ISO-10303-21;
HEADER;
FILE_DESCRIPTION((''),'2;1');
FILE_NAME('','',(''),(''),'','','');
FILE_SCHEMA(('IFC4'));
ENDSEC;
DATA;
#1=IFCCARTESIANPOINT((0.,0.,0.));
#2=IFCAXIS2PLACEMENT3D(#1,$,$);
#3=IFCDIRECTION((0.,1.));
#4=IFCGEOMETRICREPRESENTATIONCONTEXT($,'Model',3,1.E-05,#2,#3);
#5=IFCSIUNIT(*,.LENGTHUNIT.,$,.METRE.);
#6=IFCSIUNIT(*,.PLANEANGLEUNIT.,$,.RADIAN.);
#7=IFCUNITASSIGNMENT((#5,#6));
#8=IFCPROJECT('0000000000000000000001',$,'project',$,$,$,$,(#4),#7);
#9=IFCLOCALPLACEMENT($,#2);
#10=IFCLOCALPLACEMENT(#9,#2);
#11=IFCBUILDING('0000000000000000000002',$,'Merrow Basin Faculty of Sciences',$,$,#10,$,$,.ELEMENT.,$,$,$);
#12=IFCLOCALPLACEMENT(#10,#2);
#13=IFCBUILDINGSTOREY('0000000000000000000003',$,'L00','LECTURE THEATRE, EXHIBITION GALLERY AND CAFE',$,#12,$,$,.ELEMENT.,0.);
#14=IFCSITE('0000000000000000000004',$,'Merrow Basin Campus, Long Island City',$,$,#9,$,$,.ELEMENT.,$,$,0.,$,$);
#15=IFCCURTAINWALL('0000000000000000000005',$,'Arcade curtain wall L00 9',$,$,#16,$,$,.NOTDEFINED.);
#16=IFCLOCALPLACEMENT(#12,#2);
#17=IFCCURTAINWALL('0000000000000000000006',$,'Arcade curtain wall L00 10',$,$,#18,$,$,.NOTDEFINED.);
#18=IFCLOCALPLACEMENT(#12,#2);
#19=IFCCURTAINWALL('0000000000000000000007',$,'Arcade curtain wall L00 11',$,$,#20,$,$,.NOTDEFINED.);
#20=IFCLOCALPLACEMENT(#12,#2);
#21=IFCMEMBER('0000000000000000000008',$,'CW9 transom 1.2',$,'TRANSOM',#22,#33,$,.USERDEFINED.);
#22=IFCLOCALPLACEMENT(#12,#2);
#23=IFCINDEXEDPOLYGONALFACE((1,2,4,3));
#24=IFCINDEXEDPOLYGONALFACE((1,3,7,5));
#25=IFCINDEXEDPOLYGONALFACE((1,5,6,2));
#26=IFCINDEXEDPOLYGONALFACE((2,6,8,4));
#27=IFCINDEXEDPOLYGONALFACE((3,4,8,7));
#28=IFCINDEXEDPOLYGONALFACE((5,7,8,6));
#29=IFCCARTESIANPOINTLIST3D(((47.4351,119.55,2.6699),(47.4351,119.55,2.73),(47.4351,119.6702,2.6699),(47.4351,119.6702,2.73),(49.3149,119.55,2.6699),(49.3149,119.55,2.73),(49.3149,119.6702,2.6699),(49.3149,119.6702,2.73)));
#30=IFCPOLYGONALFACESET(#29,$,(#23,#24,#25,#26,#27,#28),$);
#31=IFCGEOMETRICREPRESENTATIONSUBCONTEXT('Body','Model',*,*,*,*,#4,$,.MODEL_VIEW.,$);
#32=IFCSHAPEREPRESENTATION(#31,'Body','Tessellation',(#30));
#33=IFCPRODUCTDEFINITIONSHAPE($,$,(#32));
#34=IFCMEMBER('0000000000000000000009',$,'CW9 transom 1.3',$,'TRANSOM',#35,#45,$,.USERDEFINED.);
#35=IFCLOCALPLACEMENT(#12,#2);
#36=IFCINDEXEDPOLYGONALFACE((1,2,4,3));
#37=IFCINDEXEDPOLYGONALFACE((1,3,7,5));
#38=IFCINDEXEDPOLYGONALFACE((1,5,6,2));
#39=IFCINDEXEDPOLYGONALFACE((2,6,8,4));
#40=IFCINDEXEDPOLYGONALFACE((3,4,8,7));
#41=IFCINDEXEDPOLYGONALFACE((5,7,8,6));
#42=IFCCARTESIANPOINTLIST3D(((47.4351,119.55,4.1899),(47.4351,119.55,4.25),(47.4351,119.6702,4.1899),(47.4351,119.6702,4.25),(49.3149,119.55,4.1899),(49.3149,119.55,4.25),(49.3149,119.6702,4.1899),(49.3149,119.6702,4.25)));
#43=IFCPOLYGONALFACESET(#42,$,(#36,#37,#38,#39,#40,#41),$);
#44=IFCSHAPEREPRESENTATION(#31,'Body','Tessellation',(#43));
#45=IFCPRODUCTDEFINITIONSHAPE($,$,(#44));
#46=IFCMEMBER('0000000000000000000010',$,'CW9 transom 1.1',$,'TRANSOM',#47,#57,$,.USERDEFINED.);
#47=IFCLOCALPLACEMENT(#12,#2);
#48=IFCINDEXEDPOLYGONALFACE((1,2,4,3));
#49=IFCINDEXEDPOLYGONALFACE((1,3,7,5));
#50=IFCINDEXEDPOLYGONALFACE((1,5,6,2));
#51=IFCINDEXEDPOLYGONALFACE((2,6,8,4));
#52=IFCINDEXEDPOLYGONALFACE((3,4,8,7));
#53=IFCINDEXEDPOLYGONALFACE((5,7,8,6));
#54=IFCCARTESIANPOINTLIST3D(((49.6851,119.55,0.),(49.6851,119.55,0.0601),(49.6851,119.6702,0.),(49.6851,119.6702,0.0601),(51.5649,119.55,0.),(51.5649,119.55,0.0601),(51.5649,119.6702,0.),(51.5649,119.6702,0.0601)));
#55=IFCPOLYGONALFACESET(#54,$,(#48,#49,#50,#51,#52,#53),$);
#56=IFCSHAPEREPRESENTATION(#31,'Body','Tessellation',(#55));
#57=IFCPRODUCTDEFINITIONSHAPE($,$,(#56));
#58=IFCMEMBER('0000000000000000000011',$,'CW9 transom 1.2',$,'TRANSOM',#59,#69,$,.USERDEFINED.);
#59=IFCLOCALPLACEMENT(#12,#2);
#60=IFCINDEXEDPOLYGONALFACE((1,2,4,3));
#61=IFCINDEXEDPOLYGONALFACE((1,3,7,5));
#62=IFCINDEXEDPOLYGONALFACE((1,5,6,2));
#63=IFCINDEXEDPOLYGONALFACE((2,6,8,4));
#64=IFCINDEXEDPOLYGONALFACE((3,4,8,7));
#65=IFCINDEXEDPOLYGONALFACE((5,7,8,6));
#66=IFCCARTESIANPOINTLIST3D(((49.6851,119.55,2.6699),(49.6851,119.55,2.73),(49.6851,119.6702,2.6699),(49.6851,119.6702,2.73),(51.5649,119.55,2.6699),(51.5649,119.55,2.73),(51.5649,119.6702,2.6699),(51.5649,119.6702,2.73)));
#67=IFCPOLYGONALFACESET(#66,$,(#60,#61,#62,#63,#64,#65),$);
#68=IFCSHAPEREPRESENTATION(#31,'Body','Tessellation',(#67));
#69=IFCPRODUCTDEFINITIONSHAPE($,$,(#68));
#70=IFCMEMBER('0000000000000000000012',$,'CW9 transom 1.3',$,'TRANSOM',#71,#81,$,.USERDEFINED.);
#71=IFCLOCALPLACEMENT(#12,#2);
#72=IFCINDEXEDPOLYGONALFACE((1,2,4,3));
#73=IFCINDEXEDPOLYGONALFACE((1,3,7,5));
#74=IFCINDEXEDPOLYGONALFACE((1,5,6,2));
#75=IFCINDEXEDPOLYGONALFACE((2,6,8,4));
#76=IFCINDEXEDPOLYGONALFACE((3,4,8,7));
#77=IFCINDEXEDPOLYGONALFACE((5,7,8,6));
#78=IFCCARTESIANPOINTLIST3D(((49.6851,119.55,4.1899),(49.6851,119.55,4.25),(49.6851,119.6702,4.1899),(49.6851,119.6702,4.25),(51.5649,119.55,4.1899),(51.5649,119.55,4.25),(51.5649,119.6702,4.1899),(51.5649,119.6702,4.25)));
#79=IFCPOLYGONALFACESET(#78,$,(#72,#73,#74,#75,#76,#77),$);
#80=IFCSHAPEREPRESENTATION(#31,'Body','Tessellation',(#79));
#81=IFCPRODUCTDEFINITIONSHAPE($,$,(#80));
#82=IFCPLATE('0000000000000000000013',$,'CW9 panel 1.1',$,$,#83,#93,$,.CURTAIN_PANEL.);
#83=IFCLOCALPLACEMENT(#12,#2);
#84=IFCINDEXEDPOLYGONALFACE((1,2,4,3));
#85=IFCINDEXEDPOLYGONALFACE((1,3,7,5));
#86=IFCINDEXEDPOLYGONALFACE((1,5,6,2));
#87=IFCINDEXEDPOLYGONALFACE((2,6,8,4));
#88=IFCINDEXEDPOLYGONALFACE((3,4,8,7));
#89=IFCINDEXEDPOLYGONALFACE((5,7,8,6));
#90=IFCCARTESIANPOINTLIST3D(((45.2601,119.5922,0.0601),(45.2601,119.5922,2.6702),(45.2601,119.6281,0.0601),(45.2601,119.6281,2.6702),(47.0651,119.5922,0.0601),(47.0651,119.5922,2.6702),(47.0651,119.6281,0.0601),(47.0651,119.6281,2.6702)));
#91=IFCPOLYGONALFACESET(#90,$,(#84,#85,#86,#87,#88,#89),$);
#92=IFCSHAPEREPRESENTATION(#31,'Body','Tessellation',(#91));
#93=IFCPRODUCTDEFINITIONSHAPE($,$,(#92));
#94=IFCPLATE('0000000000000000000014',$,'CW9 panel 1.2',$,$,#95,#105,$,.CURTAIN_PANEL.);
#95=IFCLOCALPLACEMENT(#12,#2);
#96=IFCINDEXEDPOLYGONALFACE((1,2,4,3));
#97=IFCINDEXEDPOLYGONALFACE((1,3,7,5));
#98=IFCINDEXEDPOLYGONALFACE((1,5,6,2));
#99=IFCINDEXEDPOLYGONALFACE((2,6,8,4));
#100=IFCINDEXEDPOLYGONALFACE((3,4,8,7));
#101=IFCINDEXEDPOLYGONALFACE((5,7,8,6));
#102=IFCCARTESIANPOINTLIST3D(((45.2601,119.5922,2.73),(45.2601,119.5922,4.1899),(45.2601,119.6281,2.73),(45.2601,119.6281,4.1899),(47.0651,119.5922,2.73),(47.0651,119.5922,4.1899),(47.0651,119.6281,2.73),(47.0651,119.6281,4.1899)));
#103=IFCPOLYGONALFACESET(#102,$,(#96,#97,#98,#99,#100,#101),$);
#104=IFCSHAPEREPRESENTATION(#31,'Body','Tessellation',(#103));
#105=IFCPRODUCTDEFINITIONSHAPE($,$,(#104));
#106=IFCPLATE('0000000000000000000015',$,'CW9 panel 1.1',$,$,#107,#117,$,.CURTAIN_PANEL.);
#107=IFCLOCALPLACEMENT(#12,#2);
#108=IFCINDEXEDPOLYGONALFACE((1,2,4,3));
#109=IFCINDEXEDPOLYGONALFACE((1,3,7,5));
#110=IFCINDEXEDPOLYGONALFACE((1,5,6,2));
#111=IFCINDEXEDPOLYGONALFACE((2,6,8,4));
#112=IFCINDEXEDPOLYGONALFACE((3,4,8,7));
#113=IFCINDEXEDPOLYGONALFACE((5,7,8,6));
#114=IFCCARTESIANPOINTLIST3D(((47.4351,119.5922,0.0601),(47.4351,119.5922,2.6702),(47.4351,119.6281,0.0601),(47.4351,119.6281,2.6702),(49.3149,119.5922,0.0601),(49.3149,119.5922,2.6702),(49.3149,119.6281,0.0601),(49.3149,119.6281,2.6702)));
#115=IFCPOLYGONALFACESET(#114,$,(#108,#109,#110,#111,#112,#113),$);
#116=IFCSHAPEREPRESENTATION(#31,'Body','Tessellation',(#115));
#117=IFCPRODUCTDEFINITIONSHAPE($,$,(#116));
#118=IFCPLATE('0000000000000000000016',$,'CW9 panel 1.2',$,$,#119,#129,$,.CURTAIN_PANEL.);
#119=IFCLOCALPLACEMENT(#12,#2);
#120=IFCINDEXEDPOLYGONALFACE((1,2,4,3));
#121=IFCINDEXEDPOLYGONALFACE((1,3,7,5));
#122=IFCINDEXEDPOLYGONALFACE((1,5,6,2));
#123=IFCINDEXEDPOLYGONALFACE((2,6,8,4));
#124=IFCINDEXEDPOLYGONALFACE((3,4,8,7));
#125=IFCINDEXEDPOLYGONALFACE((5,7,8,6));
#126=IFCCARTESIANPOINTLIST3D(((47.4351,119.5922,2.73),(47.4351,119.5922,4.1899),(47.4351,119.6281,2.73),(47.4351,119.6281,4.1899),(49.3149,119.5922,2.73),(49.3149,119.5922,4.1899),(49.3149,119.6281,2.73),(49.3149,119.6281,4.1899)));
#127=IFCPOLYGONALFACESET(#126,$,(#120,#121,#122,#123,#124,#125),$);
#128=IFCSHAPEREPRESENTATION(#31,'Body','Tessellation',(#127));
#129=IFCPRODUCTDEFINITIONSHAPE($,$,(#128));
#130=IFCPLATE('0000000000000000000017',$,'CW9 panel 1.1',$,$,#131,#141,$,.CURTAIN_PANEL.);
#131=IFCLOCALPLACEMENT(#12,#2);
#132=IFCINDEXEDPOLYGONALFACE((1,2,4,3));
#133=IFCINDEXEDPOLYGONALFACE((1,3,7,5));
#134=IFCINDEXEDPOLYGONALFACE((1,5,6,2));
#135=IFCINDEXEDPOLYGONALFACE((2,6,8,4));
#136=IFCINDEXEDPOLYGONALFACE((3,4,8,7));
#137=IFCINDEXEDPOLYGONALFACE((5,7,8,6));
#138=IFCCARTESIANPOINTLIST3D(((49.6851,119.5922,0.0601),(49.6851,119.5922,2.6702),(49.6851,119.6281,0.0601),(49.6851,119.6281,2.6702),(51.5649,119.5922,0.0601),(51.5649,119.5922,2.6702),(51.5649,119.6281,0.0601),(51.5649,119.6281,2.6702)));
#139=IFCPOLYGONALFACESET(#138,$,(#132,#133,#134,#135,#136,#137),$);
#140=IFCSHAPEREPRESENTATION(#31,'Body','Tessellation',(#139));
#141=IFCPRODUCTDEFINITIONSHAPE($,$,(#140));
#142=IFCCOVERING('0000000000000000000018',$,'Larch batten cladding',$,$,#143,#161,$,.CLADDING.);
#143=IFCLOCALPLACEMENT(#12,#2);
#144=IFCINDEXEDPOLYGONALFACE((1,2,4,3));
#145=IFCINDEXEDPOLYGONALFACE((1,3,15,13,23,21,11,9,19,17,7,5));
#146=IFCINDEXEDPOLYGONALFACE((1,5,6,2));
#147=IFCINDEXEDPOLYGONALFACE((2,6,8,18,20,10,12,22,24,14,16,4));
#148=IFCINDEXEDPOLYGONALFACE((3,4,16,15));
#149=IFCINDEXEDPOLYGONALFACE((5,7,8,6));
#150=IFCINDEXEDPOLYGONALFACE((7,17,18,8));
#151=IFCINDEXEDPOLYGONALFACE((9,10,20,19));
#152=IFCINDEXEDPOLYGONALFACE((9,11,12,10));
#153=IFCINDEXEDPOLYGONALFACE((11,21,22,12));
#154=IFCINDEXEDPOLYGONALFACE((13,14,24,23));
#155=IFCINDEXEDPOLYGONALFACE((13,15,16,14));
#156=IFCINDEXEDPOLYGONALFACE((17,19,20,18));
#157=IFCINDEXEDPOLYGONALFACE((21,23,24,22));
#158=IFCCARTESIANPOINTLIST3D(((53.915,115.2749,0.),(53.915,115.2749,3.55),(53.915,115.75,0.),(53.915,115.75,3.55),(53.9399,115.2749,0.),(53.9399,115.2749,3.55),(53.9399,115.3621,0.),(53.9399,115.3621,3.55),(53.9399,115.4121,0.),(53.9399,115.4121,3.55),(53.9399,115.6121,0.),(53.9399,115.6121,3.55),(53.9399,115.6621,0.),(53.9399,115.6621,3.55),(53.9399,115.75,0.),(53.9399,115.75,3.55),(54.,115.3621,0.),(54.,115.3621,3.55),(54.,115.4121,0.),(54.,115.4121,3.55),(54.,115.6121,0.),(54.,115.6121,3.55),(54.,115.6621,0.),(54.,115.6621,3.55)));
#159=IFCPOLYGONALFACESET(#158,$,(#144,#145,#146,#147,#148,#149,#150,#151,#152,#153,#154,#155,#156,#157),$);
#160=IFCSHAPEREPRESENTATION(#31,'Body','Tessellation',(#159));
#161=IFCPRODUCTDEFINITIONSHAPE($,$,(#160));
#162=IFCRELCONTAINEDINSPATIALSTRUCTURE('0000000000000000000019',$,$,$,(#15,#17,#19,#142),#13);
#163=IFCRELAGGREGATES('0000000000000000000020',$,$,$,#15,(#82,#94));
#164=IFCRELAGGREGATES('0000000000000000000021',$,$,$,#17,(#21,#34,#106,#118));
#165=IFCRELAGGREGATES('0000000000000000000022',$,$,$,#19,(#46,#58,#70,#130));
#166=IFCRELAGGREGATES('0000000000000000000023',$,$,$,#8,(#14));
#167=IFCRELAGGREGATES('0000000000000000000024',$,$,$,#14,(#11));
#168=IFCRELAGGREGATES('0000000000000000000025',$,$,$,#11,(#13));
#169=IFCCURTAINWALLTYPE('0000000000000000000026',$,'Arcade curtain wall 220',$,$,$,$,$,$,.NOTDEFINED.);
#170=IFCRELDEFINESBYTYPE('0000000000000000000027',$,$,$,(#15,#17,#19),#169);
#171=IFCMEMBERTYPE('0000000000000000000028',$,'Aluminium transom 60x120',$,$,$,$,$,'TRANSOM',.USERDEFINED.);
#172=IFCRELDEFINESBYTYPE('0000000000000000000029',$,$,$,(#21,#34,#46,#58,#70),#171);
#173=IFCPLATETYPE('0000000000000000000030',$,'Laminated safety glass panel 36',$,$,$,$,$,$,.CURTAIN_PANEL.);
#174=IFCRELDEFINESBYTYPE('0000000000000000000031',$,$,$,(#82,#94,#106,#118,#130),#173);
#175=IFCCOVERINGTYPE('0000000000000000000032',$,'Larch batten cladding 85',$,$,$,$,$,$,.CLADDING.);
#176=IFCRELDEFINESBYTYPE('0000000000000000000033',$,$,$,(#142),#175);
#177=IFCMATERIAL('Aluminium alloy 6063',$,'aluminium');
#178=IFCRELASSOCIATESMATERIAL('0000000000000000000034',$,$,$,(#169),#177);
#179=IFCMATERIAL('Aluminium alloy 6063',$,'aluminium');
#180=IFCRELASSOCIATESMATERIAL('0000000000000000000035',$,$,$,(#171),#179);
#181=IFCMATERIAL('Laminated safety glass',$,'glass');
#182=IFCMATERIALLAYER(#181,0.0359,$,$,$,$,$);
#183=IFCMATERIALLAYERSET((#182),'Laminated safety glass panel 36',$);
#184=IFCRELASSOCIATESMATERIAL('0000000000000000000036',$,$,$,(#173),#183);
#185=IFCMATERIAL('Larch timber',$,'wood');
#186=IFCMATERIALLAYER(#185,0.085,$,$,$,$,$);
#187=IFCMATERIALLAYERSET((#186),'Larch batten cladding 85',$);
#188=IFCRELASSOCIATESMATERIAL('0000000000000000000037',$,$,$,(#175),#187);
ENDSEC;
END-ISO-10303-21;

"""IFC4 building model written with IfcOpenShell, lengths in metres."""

from ifc_helpers import new_model, si_unit, direction, frame, origin, origin_2d, place, context, subcontext, project, spatial, polyline, rectangle, outline, extrude, source, transform, mapped, material, layer, layer_set, material_profile, profile_set, type_object, element, aggregate, save


model = new_model("IFC4")

# Units and contexts
model_context = context("Model", 3, precision=1e-05, world=origin(), true_north=direction((0.0, 1.0)))
body_context = subcontext(model_context, "Body", "Model", "MODEL_VIEW")
ifc_project = project(units=[si_unit("LENGTHUNIT", "METRE"), si_unit("PLANEANGLEUNIT", "RADIAN")], contexts=[model_context])

# Site, building, storey
site_placement = place(None, origin())
site = spatial("IfcSite", under=ifc_project, at=site_placement, Name="Merrow Basin Campus, Long Island City", CompositionType="ELEMENT", RefElevation=0.0)
building_placement = place(site_placement, origin())
building = spatial("IfcBuilding", under=site, at=building_placement, Name="Merrow Basin Faculty of Sciences", CompositionType="ELEMENT")
storey_placement = place(building_placement, origin())
storey = spatial("IfcBuildingStorey", under=building, at=storey_placement, Name="L00", Description="LECTURE THEATRE, EXHIBITION GALLERY AND CAFE", CompositionType="ELEMENT", Elevation=0.0)

# Curtain wall
ifc_material_1 = material(Name="Aluminium alloy 6063", Category="aluminium")
curtain_wall_type = type_object("IfcCurtainWallType", Name="Arcade curtain wall 220", PredefinedType="NOTDEFINED", material=ifc_material_1)
curtain_wall_1_placement = place(storey_placement, origin())
curtain_wall_1 = element("IfcCurtainWall", 1, at=curtain_wall_1_placement, inside=storey, type_object=curtain_wall_type, Name="Arcade curtain wall L00 9", PredefinedType="NOTDEFINED")

# Curtain wall
curtain_wall_2_placement = place(storey_placement, origin())
curtain_wall_2 = element("IfcCurtainWall", 2, at=curtain_wall_2_placement, inside=storey, type_object=curtain_wall_type, Name="Arcade curtain wall L00 10", PredefinedType="NOTDEFINED")

# Curtain wall
curtain_wall_3_placement = place(storey_placement, origin())
curtain_wall_3 = element("IfcCurtainWall", 3, at=curtain_wall_3_placement, inside=storey, type_object=curtain_wall_type, Name="Arcade curtain wall L00 11", PredefinedType="NOTDEFINED")

# Members
ifc_material_2 = material(Name="Aluminium alloy 6063", Category="aluminium")
ifc_material_profile_1 = material_profile(ifc_material_2, rectangle(XDim=0.1201, YDim=0.0601, at=origin_2d()))
ifc_profile_set_1 = profile_set([ifc_material_profile_1], Name="Aluminium alloy 6063")
member_type_1 = type_object("IfcMemberType", Name="Aluminium transom 60x120", ElementType="TRANSOM", PredefinedType="USERDEFINED", material=ifc_profile_set_1)
member_1_placement = place(storey_placement, frame((47.4351, 119.6101, 2.7), z_axis=(1.0, 0.0, 0.0), x_axis=(0.0, 1.0, 0.0)))
member_1 = element("IfcMember", 4, at=member_1_placement, type_object=member_type_1, Name="CW9 transom 1.2", ObjectType="TRANSOM", PredefinedType="USERDEFINED", context=body_context, shape_type="SweptSolid", body=[
    extrude(rectangle(XDim=0.1201, YDim=0.0601, at=origin_2d()), origin(), (0.0, 0.0, 1.0), 1.8799),
])
member_2_placement = place(storey_placement, frame((47.4351, 119.6101, 4.22), z_axis=(1.0, 0.0, 0.0), x_axis=(0.0, 1.0, 0.0)))
member_2 = element("IfcMember", 5, at=member_2_placement, type_object=member_type_1, Name="CW9 transom 1.3", ObjectType="TRANSOM", PredefinedType="USERDEFINED", context=body_context, shape_type="SweptSolid", body=[
    extrude(rectangle(XDim=0.1201, YDim=0.0601, at=origin_2d()), origin(), (0.0, 0.0, 1.0), 1.8799),
])
member_3_placement = place(storey_placement, frame((49.6851, 119.6101, 0.03), z_axis=(1.0, 0.0, 0.0), x_axis=(0.0, 1.0, 0.0)))
member_3 = element("IfcMember", 6, at=member_3_placement, type_object=member_type_1, Name="CW9 transom 1.1", ObjectType="TRANSOM", PredefinedType="USERDEFINED", context=body_context, shape_type="SweptSolid", body=[
    extrude(rectangle(XDim=0.1201, YDim=0.0601, at=origin_2d()), origin(), (0.0, 0.0, 1.0), 1.8799),
])
member_4_placement = place(storey_placement, frame((49.6851, 119.6101, 2.7), z_axis=(1.0, 0.0, 0.0), x_axis=(0.0, 1.0, 0.0)))
member_4 = element("IfcMember", 7, at=member_4_placement, type_object=member_type_1, Name="CW9 transom 1.2", ObjectType="TRANSOM", PredefinedType="USERDEFINED", context=body_context, shape_type="SweptSolid", body=[
    extrude(rectangle(XDim=0.1201, YDim=0.0601, at=origin_2d()), origin(), (0.0, 0.0, 1.0), 1.8799),
])
member_5_placement = place(storey_placement, frame((49.6851, 119.6101, 4.22), z_axis=(1.0, 0.0, 0.0), x_axis=(0.0, 1.0, 0.0)))
member_5 = element("IfcMember", 8, at=member_5_placement, type_object=member_type_1, Name="CW9 transom 1.3", ObjectType="TRANSOM", PredefinedType="USERDEFINED", context=body_context, shape_type="SweptSolid", body=[
    extrude(rectangle(XDim=0.1201, YDim=0.0601, at=origin_2d()), origin(), (0.0, 0.0, 1.0), 1.8799),
])

# Plates
ifc_material_3 = material(Name="Laminated safety glass", Category="glass")
ifc_layer_1 = layer(ifc_material_3, 0.0359)
ifc_layer_set_1 = layer_set([ifc_layer_1], Name="Laminated safety glass panel 36")
plate_type = type_object("IfcPlateType", Name="Laminated safety glass panel 36", PredefinedType="CURTAIN_PANEL", material=ifc_layer_set_1)
plate_1_placement = place(storey_placement, frame((46.1626, 119.6101, 0.0601), z_axis=(0.0, 0.0, 1.0), x_axis=(1.0, 0.0, 0.0)))
plate_1 = element("IfcPlate", 9, at=plate_1_placement, type_object=plate_type, Name="CW9 panel 1.1", PredefinedType="CURTAIN_PANEL", context=body_context, shape_type="SweptSolid", body=[
    extrude(rectangle(XDim=1.8049, YDim=0.0359, at=origin_2d()), origin(), (0.0, 0.0, 1.0), 2.6101),
])
plate_2_placement = place(storey_placement, frame((46.1626, 119.6101, 2.73), z_axis=(0.0, 0.0, 1.0), x_axis=(1.0, 0.0, 0.0)))
plate_2 = element("IfcPlate", 10, at=plate_2_placement, type_object=plate_type, Name="CW9 panel 1.2", PredefinedType="CURTAIN_PANEL", context=body_context, shape_type="SweptSolid", body=[
    extrude(rectangle(XDim=1.8049, YDim=0.0359, at=origin_2d()), origin(), (0.0, 0.0, 1.0), 1.46),
])
aggregate(curtain_wall_1, [plate_1, plate_2])
plate_3_placement = place(storey_placement, frame((48.375, 119.6101, 0.0601), z_axis=(0.0, 0.0, 1.0), x_axis=(1.0, 0.0, 0.0)))
plate_3 = element("IfcPlate", 11, at=plate_3_placement, type_object=plate_type, Name="CW9 panel 1.1", PredefinedType="CURTAIN_PANEL", context=body_context, shape_type="SweptSolid", body=[
    extrude(rectangle(XDim=1.8799, YDim=0.0359, at=origin_2d()), origin(), (0.0, 0.0, 1.0), 2.6101),
])
plate_4_placement = place(storey_placement, frame((48.375, 119.6101, 2.73), z_axis=(0.0, 0.0, 1.0), x_axis=(1.0, 0.0, 0.0)))
plate_4 = element("IfcPlate", 12, at=plate_4_placement, type_object=plate_type, Name="CW9 panel 1.2", PredefinedType="CURTAIN_PANEL", context=body_context, shape_type="SweptSolid", body=[
    extrude(rectangle(XDim=1.8799, YDim=0.0359, at=origin_2d()), origin(), (0.0, 0.0, 1.0), 1.46),
])
aggregate(curtain_wall_2, [member_1, member_2, plate_3, plate_4])
plate_5_placement = place(storey_placement, frame((50.625, 119.6101, 0.0601), z_axis=(0.0, 0.0, 1.0), x_axis=(1.0, 0.0, 0.0)))
plate_5 = element("IfcPlate", 13, at=plate_5_placement, type_object=plate_type, Name="CW9 panel 1.1", PredefinedType="CURTAIN_PANEL", context=body_context, shape_type="SweptSolid", body=[
    extrude(rectangle(XDim=1.8799, YDim=0.0359, at=origin_2d()), origin(), (0.0, 0.0, 1.0), 2.6101),
])
aggregate(curtain_wall_3, [member_3, member_4, member_5, plate_5])

# Covering
ifc_material_4 = material(Name="Larch timber", Category="wood")
ifc_layer_2 = layer(ifc_material_4, 0.085)
ifc_layer_set_2 = layer_set([ifc_layer_2], Name="Larch batten cladding 85")
covering_type = type_object("IfcCoveringType", Name="Larch batten cladding 85", PredefinedType="CLADDING", material=ifc_layer_set_2)
shared_shape_1 = source(origin(), body_context, "Body", "SweptSolid", [
    extrude(outline(polyline([(0.0, 0.0), (0.4751, 0.0), (0.4751, 0.0249), (0.3879, 0.0249), (0.3879, 0.085), (0.3379, 0.085), (0.3379, 0.0249), (0.1379, 0.0249), (0.1379, 0.085), (0.0879, 0.085), (0.0879, 0.0249), (0.0, 0.0249), (0.0, 0.0)])), origin(), (0.0, 0.0, 1.0), 3.55),
])
covering_1_placement = place(storey_placement, frame((53.915, 115.75, 0.0), z_axis=(0.0, 0.0, 1.0), x_axis=(0.0, -1.0, 0.0)))
element("IfcCovering", 14, at=covering_1_placement, inside=storey, type_object=covering_type, Name="Larch batten cladding", PredefinedType="CLADDING", context=body_context, shape_type="MappedRepresentation", body=[
    mapped(shared_shape_1, transform((0.0, 0.0, 0.0), scale=1.0)),
])

save(model, "model.ifc")
